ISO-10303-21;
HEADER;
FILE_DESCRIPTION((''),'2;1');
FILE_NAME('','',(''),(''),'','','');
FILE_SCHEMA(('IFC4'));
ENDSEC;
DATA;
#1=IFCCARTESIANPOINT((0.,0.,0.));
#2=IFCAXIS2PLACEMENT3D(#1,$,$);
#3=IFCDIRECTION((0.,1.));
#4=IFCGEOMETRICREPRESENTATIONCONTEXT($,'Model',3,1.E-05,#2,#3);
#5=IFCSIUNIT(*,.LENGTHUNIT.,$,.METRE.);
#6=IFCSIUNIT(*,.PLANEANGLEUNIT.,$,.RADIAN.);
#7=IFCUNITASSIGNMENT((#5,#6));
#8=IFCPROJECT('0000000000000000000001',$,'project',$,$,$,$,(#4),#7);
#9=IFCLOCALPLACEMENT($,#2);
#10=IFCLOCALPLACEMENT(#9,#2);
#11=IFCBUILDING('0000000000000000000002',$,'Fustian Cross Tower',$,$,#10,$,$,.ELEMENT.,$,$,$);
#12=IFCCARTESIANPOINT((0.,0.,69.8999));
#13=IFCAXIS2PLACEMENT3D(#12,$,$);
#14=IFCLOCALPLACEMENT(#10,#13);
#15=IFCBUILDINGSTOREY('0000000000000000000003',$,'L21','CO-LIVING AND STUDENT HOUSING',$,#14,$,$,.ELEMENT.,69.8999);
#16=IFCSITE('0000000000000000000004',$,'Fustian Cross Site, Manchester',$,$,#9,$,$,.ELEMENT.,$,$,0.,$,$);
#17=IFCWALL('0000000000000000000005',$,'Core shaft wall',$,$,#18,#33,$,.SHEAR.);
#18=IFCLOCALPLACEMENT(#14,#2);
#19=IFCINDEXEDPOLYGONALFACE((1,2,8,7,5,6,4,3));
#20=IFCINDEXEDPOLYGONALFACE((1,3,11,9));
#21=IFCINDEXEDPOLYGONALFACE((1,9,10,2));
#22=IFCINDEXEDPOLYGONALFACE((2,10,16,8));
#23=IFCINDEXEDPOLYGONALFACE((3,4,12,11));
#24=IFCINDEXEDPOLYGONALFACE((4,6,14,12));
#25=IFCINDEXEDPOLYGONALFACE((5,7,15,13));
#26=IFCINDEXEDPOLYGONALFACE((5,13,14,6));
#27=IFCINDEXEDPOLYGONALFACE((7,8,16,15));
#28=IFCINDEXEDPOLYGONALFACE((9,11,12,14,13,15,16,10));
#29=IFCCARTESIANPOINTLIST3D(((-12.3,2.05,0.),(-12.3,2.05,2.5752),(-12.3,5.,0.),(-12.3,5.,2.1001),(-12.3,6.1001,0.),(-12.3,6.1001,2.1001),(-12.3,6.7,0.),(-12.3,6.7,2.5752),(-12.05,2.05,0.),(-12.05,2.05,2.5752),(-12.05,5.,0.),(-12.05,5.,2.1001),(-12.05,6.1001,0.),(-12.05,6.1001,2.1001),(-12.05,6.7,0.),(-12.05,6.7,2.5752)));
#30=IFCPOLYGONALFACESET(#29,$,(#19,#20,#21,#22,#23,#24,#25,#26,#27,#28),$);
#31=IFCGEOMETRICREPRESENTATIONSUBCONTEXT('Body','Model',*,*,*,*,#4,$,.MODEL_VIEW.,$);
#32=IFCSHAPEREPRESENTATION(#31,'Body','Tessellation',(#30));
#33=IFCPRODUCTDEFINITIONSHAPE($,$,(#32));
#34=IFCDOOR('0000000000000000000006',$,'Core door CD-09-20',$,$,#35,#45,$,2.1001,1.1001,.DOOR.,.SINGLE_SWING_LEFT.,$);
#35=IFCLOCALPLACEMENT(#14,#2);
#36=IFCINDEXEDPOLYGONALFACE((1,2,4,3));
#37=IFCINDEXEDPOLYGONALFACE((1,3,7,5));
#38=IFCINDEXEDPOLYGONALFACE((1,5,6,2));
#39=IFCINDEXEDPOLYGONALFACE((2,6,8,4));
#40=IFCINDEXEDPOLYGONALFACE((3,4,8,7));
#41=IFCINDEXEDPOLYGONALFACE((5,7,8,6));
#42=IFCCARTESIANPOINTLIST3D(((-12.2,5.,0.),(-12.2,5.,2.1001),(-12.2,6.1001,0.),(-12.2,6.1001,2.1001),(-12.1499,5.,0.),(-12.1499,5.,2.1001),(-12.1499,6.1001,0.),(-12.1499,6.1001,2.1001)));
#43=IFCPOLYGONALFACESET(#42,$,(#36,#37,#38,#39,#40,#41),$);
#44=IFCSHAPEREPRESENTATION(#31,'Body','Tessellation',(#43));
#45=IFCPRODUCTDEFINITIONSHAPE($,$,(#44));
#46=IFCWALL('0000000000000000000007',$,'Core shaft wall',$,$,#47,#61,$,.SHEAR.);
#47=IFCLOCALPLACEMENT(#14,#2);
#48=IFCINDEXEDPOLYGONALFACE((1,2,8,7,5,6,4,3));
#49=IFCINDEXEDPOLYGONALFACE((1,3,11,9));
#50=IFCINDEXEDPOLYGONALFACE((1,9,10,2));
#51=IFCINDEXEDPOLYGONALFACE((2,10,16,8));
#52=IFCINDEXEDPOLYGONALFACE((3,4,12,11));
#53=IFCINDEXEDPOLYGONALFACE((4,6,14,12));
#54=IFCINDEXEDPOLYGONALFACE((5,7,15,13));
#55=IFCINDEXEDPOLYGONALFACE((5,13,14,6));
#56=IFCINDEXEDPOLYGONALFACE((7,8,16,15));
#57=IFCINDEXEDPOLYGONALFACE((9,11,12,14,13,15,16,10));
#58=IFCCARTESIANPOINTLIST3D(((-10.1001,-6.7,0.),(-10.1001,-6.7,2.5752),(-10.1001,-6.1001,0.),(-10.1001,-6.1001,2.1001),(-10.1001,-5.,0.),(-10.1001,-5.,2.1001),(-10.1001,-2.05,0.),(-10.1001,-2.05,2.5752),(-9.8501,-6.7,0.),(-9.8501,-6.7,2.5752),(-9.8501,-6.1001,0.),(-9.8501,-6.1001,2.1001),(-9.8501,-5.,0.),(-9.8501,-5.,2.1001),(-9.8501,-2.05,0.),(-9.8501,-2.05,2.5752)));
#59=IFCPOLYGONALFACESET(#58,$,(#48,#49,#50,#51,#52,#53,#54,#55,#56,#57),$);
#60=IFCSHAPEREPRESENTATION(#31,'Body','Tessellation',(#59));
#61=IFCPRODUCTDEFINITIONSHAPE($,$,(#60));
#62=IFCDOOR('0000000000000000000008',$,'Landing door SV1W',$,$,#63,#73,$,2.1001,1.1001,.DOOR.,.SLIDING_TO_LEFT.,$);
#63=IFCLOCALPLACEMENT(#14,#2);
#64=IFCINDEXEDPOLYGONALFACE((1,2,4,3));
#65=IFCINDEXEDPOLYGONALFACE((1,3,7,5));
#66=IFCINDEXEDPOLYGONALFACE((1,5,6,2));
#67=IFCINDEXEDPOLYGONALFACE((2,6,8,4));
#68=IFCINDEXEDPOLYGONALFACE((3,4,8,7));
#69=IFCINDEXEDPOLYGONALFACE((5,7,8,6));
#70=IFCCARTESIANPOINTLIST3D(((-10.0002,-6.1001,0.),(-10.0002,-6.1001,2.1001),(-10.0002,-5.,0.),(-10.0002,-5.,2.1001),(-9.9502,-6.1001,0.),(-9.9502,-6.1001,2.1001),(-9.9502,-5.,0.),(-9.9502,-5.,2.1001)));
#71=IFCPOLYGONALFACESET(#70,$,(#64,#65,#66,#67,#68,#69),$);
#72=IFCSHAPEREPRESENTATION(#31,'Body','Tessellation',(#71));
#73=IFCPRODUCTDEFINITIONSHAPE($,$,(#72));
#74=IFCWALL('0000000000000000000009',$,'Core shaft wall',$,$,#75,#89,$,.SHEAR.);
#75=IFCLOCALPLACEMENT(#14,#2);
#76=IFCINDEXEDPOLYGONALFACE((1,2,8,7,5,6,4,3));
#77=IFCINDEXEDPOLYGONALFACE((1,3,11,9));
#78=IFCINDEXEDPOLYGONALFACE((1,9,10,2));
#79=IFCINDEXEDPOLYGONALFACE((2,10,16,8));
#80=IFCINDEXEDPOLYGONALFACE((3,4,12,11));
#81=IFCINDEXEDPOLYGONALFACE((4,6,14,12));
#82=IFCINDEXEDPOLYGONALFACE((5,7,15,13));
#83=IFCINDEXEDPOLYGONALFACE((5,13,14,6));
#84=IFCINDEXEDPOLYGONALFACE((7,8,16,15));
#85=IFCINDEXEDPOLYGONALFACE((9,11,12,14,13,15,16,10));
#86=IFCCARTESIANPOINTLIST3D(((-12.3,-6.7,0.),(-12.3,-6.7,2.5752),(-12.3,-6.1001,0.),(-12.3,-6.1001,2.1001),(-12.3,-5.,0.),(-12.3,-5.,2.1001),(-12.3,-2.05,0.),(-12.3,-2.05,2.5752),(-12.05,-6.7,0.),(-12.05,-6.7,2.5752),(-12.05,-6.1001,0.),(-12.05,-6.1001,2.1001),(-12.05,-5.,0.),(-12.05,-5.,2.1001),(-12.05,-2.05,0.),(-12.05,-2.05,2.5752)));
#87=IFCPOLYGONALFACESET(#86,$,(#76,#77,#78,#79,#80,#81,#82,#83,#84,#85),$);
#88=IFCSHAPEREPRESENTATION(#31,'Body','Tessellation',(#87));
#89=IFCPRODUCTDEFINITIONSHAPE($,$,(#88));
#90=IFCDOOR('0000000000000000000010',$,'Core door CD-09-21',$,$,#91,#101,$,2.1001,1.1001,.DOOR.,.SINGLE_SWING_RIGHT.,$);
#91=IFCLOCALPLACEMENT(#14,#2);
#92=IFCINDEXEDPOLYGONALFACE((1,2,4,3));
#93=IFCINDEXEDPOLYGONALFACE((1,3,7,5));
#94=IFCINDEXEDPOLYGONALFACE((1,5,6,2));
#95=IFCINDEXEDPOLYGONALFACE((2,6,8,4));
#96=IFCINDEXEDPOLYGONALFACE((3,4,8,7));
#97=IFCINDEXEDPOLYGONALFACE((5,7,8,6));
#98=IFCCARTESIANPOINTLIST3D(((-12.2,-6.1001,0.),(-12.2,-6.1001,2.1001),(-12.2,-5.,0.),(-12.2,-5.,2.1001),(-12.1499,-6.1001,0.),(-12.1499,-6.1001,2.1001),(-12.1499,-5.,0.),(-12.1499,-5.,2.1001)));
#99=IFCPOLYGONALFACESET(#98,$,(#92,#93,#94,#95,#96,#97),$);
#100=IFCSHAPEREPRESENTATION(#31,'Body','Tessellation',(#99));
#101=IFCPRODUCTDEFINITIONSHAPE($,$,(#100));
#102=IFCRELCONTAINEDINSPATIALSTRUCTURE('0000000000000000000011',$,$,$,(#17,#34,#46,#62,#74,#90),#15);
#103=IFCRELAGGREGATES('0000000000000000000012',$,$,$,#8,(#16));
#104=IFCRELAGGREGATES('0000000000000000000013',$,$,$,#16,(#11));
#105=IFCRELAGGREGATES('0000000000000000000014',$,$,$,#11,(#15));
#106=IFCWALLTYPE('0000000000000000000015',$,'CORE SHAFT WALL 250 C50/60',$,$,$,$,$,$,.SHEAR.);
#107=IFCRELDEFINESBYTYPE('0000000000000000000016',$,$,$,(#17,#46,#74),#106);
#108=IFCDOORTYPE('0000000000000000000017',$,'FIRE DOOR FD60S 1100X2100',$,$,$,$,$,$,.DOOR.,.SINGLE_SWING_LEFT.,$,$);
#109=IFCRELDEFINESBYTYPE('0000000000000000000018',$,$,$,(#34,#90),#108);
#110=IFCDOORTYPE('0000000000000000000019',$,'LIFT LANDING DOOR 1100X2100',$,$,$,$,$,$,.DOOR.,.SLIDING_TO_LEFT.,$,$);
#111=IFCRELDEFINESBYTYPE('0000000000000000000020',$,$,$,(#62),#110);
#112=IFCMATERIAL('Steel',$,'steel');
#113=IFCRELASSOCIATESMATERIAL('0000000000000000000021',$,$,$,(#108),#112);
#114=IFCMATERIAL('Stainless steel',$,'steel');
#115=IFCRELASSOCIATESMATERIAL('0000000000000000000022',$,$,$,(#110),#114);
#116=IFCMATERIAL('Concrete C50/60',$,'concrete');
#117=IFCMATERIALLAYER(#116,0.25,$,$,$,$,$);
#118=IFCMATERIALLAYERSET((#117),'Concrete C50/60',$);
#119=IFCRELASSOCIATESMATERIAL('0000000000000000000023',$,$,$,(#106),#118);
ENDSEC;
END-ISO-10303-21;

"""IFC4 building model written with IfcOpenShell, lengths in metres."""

from ifc_helpers import new_model, si_unit, direction, frame, frame_2d, origin, place, context, subcontext, project, spatial, rectangle, extrude, material, layer, layer_set, type_object, element, fill, save


model = new_model("IFC4")

# Units and contexts
model_context = context("Model", 3, precision=1e-05, world=origin(), true_north=direction((0.0, 1.0)))
body_context = subcontext(model_context, "Body", "Model", "MODEL_VIEW")
ifc_project = project(units=[si_unit("LENGTHUNIT", "METRE"), si_unit("PLANEANGLEUNIT", "RADIAN")], contexts=[model_context])

# Site, building, storey
site_placement = place(None, origin())
site = spatial("IfcSite", under=ifc_project, at=site_placement, Name="Fustian Cross Site, Manchester", CompositionType="ELEMENT", RefElevation=0.0)
building_placement = place(site_placement, origin())
building = spatial("IfcBuilding", under=site, at=building_placement, Name="Fustian Cross Tower", CompositionType="ELEMENT")
storey_placement = place(building_placement, frame((0.0, 0.0, 69.8999)))
storey = spatial("IfcBuildingStorey", under=building, at=storey_placement, Name="L21", Description="CO-LIVING AND STUDENT HOUSING", CompositionType="ELEMENT", Elevation=69.8999)

# Shared definitions
ifc_material_1 = material(Name="Steel", Category="steel")
door_type_1 = type_object("IfcDoorType", Name="FIRE DOOR FD60S 1100X2100", OperationType="SINGLE_SWING_LEFT", PredefinedType="DOOR", material=ifc_material_1)
ifc_material_2 = material(Name="Stainless steel", Category="steel")
door_type_2 = type_object("IfcDoorType", Name="LIFT LANDING DOOR 1100X2100", OperationType="SLIDING_TO_LEFT", PredefinedType="DOOR", material=ifc_material_2)

# Shared definitions
ifc_material_3 = material(Name="Concrete C50/60", Category="concrete")
ifc_layer_1 = layer(ifc_material_3, 0.25)
ifc_layer_set_1 = layer_set([ifc_layer_1], Name="Concrete C50/60")
wall_type_1 = type_object("IfcWallType", Name="CORE SHAFT WALL 250 C50/60", PredefinedType="SHEAR", material=ifc_layer_set_1)

# Walls, openings, doors
wall_1_placement = place(storey_placement, frame((-12.175, 2.05, 0.0), z_axis=(0.0, 0.0, 1.0), x_axis=(0.0, 1.0, 0.0)))
wall_1 = element("IfcWall", 1, at=wall_1_placement, inside=storey, type_object=wall_type_1, Name="Core shaft wall", PredefinedType="SHEAR", context=body_context, shape_type="SweptSolid", body=[
    extrude(rectangle(XDim=4.6499, YDim=0.25, at=frame_2d((2.325, 0.0))), origin(), (0.0, 0.0, 1.0), 2.5752),
])
opening_1_placement = place(wall_1_placement, frame((2.95, 0.0, 0.0)))
opening_1 = element("IfcOpeningElement", 2, at=opening_1_placement, cuts=wall_1, PredefinedType="OPENING", context=body_context, shape_type="SweptSolid", body=[
    extrude(rectangle(XDim=1.1001, YDim=2.1001, at=frame_2d((0.55, 1.05))), frame((0.0, 0.135, 0.0), z_axis=(0.0, -1.0, 0.0), x_axis=(1.0, 0.0, 0.0)), (0.0, 0.0, 1.0), 0.27),
])
door_1_placement = place(opening_1_placement, origin())
door_1 = element("IfcDoor", 3, at=door_1_placement, inside=storey, type_object=door_type_1, Name="Core door CD-09-20", OperationType="SINGLE_SWING_LEFT", OverallHeight=2.1001, OverallWidth=1.1001, PredefinedType="DOOR", context=body_context, shape_type="SweptSolid", body=[
    extrude(rectangle(XDim=1.1001, YDim=2.1001, at=frame_2d((0.55, 1.05))), frame((0.0, 0.0249, 0.0), z_axis=(0.0, -1.0, 0.0), x_axis=(1.0, 0.0, 0.0)), (0.0, 0.0, 1.0), 0.05),
])
fill(opening_1, door_1)
wall_2_placement = place(storey_placement, frame((-9.9751, -2.05, 0.0), z_axis=(0.0, 0.0, 1.0), x_axis=(0.0, -1.0, 0.0)))
wall_2 = element("IfcWall", 4, at=wall_2_placement, inside=storey, type_object=wall_type_1, Name="Core shaft wall", PredefinedType="SHEAR", context=body_context, shape_type="SweptSolid", body=[
    extrude(rectangle(XDim=4.6499, YDim=0.25, at=frame_2d((2.325, 0.0))), origin(), (0.0, 0.0, 1.0), 2.5752),
])
opening_2_placement = place(wall_2_placement, frame((2.95, 0.0, 0.0)))
opening_2 = element("IfcOpeningElement", 5, at=opening_2_placement, cuts=wall_2, PredefinedType="OPENING", context=body_context, shape_type="SweptSolid", body=[
    extrude(rectangle(XDim=1.1001, YDim=2.1001, at=frame_2d((0.55, 1.05))), frame((0.0, 0.135, 0.0), z_axis=(0.0, -1.0, 0.0), x_axis=(1.0, 0.0, 0.0)), (0.0, 0.0, 1.0), 0.27),
])
door_2_placement = place(opening_2_placement, origin())
door_2 = element("IfcDoor", 6, at=door_2_placement, inside=storey, type_object=door_type_2, Name="Landing door SV1W", OperationType="SLIDING_TO_LEFT", OverallHeight=2.1001, OverallWidth=1.1001, PredefinedType="DOOR", context=body_context, shape_type="SweptSolid", body=[
    extrude(rectangle(XDim=1.1001, YDim=2.1001, at=frame_2d((0.55, 1.05))), frame((0.0, 0.0249, 0.0), z_axis=(0.0, -1.0, 0.0), x_axis=(1.0, 0.0, 0.0)), (0.0, 0.0, 1.0), 0.05),
])
fill(opening_2, door_2)
wall_3_placement = place(storey_placement, frame((-12.175, -2.05, 0.0), z_axis=(0.0, 0.0, 1.0), x_axis=(0.0, -1.0, 0.0)))
wall_3 = element("IfcWall", 7, at=wall_3_placement, inside=storey, type_object=wall_type_1, Name="Core shaft wall", PredefinedType="SHEAR", context=body_context, shape_type="SweptSolid", body=[
    extrude(rectangle(XDim=4.6499, YDim=0.25, at=frame_2d((2.325, 0.0))), origin(), (0.0, 0.0, 1.0), 2.5752),
])
opening_3_placement = place(wall_3_placement, frame((2.95, 0.0, 0.0)))
opening_3 = element("IfcOpeningElement", 8, at=opening_3_placement, cuts=wall_3, PredefinedType="OPENING", context=body_context, shape_type="SweptSolid", body=[
    extrude(rectangle(XDim=1.1001, YDim=2.1001, at=frame_2d((0.55, 1.05))), frame((0.0, 0.135, 0.0), z_axis=(0.0, -1.0, 0.0), x_axis=(1.0, 0.0, 0.0)), (0.0, 0.0, 1.0), 0.27),
])
door_3_placement = place(opening_3_placement, frame((1.1001, 0.0, 0.0), z_axis=(0.0, 0.0, 1.0), x_axis=(-1.0, 0.0, 0.0)))
door_3 = element("IfcDoor", 9, at=door_3_placement, inside=storey, type_object=door_type_1, Name="Core door CD-09-21", OperationType="SINGLE_SWING_RIGHT", OverallHeight=2.1001, OverallWidth=1.1001, PredefinedType="DOOR", context=body_context, shape_type="SweptSolid", body=[
    extrude(rectangle(XDim=1.1001, YDim=2.1001, at=frame_2d((0.55, 1.05))), frame((0.0, 0.0249, 0.0), z_axis=(0.0, -1.0, 0.0), x_axis=(1.0, 0.0, 0.0)), (0.0, 0.0, 1.0), 0.05),
])
fill(opening_3, door_3)

save(model, "model.ifc")
